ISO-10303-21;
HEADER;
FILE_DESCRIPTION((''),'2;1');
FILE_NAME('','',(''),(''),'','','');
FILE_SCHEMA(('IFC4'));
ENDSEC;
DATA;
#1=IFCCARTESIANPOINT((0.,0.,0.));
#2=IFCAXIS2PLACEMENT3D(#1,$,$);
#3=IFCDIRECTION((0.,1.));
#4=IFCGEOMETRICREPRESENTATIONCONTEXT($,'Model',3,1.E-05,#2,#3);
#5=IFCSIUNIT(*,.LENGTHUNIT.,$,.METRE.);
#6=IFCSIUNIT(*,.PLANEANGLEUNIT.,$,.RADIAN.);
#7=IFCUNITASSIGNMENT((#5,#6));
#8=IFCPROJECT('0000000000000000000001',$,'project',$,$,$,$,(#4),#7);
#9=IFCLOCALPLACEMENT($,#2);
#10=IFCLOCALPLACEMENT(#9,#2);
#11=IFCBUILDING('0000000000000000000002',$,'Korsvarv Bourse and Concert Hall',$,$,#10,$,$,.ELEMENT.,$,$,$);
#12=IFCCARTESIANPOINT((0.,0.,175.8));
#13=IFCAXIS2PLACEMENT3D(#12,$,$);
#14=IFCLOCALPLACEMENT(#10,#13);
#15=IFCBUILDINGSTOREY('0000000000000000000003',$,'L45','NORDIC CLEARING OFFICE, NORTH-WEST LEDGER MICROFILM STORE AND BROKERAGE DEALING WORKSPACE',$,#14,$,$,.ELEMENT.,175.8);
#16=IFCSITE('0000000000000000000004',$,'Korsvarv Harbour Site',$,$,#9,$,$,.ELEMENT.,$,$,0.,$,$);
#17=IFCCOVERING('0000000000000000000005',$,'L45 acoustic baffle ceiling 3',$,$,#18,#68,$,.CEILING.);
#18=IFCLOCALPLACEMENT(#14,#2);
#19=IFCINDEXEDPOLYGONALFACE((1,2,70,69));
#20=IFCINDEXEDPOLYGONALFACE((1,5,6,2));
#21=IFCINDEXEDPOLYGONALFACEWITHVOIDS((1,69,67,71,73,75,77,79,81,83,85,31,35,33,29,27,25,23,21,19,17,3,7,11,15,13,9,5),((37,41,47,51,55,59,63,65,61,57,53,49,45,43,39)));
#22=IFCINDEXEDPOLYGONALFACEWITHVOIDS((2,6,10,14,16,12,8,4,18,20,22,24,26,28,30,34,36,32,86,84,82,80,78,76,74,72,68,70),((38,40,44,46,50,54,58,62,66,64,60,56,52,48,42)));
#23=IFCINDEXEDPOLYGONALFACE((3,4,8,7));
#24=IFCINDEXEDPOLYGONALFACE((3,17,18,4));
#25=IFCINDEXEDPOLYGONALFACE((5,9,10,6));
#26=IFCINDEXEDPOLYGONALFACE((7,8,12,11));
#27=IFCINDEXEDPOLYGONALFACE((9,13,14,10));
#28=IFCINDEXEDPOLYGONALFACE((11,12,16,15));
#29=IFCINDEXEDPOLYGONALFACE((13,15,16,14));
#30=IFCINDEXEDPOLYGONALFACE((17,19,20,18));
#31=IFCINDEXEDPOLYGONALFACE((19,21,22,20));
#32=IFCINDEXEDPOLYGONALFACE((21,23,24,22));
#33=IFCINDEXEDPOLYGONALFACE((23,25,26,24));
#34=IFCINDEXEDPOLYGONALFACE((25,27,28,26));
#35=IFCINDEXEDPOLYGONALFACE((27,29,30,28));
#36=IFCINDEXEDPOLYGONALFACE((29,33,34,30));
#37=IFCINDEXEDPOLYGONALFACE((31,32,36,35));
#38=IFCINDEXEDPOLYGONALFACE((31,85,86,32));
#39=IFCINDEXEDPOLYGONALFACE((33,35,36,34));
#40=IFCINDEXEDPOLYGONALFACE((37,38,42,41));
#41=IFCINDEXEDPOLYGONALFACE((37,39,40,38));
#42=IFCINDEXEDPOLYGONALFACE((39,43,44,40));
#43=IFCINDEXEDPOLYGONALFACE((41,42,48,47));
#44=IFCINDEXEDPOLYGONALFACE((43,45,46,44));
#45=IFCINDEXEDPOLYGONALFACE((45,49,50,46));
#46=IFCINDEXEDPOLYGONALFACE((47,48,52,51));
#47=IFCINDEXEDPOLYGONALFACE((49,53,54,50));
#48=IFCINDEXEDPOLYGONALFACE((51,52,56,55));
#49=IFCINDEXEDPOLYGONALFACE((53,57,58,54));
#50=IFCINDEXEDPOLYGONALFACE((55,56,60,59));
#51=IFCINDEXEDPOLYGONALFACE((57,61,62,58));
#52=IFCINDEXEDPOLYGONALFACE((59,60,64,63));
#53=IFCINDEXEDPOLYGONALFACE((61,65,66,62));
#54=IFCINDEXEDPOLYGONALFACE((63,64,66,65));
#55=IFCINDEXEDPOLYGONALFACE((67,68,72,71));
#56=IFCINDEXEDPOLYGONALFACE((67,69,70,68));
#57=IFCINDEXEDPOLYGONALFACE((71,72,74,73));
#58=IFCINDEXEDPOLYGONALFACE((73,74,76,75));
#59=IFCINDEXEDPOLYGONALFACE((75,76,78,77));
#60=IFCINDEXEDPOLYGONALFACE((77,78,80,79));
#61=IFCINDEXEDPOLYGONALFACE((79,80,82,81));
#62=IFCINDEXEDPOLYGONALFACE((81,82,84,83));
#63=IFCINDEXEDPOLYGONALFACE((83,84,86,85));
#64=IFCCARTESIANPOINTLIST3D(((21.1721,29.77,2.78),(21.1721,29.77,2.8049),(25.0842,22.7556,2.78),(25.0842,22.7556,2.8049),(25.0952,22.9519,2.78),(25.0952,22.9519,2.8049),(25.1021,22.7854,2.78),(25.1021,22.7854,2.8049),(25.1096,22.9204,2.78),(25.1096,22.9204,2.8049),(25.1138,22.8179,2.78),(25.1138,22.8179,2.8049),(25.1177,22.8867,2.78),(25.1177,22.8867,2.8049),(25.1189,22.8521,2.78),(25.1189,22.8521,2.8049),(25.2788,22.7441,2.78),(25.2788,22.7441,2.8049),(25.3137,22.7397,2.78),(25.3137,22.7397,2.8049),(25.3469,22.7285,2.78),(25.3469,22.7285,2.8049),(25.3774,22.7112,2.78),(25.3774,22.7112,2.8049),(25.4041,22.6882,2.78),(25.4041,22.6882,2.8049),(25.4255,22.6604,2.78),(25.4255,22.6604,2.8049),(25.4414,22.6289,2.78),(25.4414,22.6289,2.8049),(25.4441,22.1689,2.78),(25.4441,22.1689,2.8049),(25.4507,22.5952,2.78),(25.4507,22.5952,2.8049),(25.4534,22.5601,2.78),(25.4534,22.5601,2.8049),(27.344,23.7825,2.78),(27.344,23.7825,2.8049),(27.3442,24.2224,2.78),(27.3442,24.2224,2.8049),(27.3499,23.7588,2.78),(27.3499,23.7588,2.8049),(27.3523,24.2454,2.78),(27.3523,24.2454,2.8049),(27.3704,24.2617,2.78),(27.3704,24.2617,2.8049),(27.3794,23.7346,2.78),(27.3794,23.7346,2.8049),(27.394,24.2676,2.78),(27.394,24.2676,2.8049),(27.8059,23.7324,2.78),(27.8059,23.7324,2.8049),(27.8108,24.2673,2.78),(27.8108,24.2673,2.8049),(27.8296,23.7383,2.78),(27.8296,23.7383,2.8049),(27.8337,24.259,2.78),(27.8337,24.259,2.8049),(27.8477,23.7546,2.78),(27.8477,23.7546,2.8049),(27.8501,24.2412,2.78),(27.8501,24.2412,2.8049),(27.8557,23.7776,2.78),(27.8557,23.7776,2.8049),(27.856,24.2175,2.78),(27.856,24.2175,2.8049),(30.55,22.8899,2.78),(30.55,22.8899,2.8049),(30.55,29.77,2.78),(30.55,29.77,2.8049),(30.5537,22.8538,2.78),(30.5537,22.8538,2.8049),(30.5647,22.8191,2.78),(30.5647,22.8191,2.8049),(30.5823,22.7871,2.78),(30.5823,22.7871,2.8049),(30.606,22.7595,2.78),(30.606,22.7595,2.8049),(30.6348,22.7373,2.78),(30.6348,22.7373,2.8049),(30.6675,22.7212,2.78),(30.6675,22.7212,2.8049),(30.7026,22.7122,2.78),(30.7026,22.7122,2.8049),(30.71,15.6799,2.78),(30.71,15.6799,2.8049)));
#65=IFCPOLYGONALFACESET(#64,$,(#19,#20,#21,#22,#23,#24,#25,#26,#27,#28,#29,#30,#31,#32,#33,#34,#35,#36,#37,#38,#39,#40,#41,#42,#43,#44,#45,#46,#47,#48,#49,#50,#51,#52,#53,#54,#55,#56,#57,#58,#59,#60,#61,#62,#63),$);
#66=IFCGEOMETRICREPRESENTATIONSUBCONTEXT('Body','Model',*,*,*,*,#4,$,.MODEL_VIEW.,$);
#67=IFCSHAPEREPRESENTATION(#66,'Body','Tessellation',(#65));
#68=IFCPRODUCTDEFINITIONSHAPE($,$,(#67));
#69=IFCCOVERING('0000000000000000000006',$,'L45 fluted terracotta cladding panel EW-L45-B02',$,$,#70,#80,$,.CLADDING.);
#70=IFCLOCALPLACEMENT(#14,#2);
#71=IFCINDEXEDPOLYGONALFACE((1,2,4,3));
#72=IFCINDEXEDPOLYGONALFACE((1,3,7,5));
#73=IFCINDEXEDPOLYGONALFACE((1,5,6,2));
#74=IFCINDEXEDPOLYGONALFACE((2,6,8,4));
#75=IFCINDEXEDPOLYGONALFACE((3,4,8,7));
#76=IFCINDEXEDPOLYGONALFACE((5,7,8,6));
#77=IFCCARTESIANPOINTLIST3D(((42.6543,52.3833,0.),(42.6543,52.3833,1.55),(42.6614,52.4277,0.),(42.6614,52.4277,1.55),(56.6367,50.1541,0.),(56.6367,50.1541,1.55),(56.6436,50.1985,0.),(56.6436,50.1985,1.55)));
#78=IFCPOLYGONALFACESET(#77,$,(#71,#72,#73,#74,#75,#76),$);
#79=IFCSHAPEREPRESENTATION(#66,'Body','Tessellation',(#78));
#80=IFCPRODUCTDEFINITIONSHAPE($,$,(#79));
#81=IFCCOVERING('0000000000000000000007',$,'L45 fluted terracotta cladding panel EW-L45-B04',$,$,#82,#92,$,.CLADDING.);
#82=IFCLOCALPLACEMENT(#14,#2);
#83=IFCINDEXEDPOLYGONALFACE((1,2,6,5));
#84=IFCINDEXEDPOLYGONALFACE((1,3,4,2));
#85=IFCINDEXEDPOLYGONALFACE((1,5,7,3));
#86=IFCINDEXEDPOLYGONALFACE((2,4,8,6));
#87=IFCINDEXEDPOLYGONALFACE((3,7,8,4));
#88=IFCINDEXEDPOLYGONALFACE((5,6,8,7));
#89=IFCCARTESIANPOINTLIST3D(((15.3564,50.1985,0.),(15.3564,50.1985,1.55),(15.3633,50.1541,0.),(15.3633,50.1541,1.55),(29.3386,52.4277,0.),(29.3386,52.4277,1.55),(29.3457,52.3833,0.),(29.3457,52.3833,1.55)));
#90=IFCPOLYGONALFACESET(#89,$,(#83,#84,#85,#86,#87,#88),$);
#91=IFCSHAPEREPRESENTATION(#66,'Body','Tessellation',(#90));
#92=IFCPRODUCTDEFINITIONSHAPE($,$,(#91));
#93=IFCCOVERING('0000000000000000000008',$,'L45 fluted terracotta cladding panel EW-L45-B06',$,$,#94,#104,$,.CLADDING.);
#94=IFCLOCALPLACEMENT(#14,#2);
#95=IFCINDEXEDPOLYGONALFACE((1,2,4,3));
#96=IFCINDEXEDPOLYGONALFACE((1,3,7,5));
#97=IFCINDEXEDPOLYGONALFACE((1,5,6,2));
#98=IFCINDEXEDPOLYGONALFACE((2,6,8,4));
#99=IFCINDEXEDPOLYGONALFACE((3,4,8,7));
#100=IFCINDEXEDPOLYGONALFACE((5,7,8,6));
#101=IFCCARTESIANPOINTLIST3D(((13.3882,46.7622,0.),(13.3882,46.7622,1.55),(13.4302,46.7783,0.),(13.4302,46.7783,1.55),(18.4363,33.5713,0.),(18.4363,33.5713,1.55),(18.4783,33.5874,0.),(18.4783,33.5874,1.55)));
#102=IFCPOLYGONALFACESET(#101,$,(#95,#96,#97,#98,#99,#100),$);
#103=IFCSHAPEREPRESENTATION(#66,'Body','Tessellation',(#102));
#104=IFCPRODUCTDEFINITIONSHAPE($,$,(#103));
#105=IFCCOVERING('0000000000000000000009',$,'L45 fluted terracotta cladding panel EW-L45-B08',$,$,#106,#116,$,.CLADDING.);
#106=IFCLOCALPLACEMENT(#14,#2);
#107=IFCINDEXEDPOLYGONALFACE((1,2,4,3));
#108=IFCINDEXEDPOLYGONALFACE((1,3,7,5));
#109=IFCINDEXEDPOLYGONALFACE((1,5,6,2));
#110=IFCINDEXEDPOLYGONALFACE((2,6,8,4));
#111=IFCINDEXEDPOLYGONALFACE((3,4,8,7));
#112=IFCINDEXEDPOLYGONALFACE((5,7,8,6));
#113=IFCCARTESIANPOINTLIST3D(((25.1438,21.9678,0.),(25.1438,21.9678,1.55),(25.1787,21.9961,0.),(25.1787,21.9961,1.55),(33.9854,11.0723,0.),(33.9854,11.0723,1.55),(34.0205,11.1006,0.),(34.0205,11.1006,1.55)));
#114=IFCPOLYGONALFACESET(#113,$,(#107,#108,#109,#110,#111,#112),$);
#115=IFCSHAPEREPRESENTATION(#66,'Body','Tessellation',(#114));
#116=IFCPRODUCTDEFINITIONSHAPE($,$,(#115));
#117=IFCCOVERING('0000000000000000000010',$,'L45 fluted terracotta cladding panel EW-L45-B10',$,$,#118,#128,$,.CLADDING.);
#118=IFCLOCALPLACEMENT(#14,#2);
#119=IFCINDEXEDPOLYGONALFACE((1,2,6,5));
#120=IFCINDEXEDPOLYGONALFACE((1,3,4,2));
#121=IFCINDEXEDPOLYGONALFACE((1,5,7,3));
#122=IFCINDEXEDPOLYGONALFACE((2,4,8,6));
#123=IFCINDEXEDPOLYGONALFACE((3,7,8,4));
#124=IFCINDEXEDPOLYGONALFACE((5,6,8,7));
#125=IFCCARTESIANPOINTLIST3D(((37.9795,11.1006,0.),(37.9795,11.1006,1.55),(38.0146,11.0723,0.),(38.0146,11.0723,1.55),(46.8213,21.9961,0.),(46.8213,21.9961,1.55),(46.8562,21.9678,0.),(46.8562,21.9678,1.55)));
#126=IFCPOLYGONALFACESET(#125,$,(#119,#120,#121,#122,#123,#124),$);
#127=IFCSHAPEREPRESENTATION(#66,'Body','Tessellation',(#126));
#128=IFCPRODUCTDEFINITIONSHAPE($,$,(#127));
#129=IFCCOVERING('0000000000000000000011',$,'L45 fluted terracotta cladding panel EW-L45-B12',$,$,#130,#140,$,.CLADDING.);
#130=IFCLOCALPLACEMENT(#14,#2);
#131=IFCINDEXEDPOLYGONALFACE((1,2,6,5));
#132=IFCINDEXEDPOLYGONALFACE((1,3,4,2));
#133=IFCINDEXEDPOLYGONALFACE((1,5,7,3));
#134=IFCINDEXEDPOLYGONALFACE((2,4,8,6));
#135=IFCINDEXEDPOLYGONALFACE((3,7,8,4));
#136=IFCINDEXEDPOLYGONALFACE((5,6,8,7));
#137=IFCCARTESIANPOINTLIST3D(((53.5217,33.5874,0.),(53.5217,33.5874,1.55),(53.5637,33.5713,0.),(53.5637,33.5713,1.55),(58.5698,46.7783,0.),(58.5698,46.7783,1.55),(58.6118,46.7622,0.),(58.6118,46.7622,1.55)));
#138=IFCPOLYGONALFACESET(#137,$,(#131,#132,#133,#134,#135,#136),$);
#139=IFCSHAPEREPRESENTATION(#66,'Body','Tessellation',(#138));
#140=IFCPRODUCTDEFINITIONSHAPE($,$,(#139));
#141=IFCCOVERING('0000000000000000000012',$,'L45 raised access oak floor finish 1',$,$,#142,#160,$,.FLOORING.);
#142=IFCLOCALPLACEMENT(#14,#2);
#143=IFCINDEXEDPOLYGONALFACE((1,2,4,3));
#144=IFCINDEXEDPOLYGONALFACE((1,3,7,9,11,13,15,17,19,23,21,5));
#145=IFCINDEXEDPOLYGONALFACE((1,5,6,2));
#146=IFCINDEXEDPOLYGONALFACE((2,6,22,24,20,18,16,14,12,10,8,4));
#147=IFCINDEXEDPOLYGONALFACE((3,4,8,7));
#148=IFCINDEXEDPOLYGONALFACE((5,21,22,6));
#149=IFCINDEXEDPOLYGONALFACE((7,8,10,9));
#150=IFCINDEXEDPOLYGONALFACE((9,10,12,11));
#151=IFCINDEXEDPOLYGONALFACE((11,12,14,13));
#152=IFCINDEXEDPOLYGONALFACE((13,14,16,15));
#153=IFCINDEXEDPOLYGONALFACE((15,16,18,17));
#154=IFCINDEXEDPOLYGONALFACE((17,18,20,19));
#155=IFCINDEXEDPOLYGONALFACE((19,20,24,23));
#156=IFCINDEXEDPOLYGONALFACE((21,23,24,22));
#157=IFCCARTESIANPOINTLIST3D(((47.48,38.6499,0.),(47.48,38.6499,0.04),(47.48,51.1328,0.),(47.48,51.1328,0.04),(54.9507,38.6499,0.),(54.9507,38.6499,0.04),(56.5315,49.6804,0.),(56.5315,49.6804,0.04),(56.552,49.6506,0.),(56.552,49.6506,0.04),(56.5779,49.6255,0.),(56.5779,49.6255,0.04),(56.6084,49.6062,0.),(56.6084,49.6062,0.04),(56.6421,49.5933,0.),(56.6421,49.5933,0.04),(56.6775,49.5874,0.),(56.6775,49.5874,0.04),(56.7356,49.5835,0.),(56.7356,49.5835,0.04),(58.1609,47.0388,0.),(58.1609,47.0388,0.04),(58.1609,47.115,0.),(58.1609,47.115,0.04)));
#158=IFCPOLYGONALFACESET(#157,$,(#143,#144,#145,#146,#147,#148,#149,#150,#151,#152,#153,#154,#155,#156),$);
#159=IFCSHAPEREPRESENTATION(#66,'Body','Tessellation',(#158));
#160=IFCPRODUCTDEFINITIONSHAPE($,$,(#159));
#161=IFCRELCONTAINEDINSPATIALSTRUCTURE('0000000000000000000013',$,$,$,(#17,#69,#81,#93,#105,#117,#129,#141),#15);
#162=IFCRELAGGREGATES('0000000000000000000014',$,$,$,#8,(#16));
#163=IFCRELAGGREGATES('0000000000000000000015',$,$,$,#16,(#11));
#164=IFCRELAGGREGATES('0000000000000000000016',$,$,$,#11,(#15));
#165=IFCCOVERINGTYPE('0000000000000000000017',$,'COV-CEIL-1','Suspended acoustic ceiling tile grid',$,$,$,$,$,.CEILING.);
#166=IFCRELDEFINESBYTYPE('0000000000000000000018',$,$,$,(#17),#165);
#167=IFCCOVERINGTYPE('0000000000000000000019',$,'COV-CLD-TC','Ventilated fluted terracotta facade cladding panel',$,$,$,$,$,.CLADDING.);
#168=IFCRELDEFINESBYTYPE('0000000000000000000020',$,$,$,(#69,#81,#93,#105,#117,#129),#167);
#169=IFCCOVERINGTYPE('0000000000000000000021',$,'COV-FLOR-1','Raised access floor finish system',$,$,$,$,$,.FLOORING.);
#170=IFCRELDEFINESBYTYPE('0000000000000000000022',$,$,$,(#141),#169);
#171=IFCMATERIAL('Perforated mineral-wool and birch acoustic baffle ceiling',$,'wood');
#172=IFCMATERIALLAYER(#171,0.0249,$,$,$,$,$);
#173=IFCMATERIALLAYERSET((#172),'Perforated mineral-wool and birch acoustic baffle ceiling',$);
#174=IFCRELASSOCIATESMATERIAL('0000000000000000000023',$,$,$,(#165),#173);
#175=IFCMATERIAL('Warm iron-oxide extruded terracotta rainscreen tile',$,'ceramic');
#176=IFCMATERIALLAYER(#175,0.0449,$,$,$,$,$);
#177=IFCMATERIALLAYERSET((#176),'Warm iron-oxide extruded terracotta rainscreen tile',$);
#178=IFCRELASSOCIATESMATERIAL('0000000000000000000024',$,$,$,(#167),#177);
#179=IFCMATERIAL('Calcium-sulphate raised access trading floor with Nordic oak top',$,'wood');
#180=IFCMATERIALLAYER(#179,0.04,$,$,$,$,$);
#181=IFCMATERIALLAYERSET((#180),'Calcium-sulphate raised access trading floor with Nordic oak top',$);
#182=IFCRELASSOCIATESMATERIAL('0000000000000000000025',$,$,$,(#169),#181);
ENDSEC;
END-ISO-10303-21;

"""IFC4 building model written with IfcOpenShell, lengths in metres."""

from ifc_helpers import new_model, si_unit, direction, frame, origin, place, context, subcontext, project, spatial, polyline, outline, extrude, material, layer, layer_set, type_object, element, save


model = new_model("IFC4")

# Units and contexts
model_context = context("Model", 3, precision=1e-05, world=origin(), true_north=direction((0.0, 1.0)))
body_context = subcontext(model_context, "Body", "Model", "MODEL_VIEW")
ifc_project = project(units=[si_unit("LENGTHUNIT", "METRE"), si_unit("PLANEANGLEUNIT", "RADIAN")], contexts=[model_context])

# Site, building, storey
site_placement = place(None, origin())
site = spatial("IfcSite", under=ifc_project, at=site_placement, Name="Korsvarv Harbour Site", CompositionType="ELEMENT", RefElevation=0.0)
building_placement = place(site_placement, origin())
building = spatial("IfcBuilding", under=site, at=building_placement, Name="Korsvarv Bourse and Concert Hall", CompositionType="ELEMENT")
storey_placement = place(building_placement, frame((0.0, 0.0, 175.8)))
storey = spatial("IfcBuildingStorey", under=building, at=storey_placement, Name="L45", Description="NORDIC CLEARING OFFICE, NORTH-WEST LEDGER MICROFILM STORE AND BROKERAGE DEALING WORKSPACE", CompositionType="ELEMENT", Elevation=175.8)

# Coverings
ifc_material_1 = material(Name="Perforated mineral-wool and birch acoustic baffle ceiling", Category="wood")
ifc_layer_1 = layer(ifc_material_1, 0.0249)
ifc_layer_set_1 = layer_set([ifc_layer_1], Name="Perforated mineral-wool and birch acoustic baffle ceiling")
covering_type_1 = type_object("IfcCoveringType", Name="COV-CEIL-1", Description="Suspended acoustic ceiling tile grid", PredefinedType="CEILING", material=ifc_layer_set_1)
covering_1_placement = place(storey_placement, frame((0.0, 0.0, 2.78)))
element("IfcCovering", 1, at=covering_1_placement, inside=storey, type_object=covering_type_1, Name="L45 acoustic baffle ceiling 3", PredefinedType="CEILING", context=body_context, shape_type="SweptSolid", body=[
    extrude(outline(polyline([(25.0842, 22.7556), (25.1021, 22.7854), (25.1138, 22.8179), (25.1189, 22.8521), (25.1177, 22.8867), (25.1096, 22.9204), (25.0952, 22.9519), (21.1721, 29.77), (30.55, 29.77), (30.55, 22.8899), (30.5537, 22.8538), (30.5647, 22.8191), (30.5823, 22.7871), (30.606, 22.7595), (30.6348, 22.7373), (30.6675, 22.7212), (30.7026, 22.7122), (30.71, 15.6799), (25.4441, 22.1689), (25.4534, 22.5601), (25.4507, 22.5952), (25.4414, 22.6289), (25.4255, 22.6604), (25.4041, 22.6882), (25.3774, 22.7112), (25.3469, 22.7285), (25.3137, 22.7397), (25.2788, 22.7441), (25.0842, 22.7556)]), holes=[polyline([(27.3794, 23.7346), (27.8059, 23.7324), (27.8296, 23.7383), (27.8477, 23.7546), (27.8557, 23.7776), (27.856, 24.2175), (27.8501, 24.2412), (27.8337, 24.259), (27.8108, 24.2673), (27.394, 24.2676), (27.3704, 24.2617), (27.3523, 24.2454), (27.3442, 24.2224), (27.344, 23.7825), (27.3499, 23.7588), (27.3794, 23.7346)])]), origin(), (0.0, 0.0, 1.0), 0.0249),
])
ifc_material_2 = material(Name="Warm iron-oxide extruded terracotta rainscreen tile", Category="ceramic")
ifc_layer_2 = layer(ifc_material_2, 0.0449)
ifc_layer_set_2 = layer_set([ifc_layer_2], Name="Warm iron-oxide extruded terracotta rainscreen tile")
covering_type_2 = type_object("IfcCoveringType", Name="COV-CLD-TC", Description="Ventilated fluted terracotta facade cladding panel", PredefinedType="CLADDING", material=ifc_layer_set_2)
covering_2_placement = place(storey_placement, origin())
element("IfcCovering", 2, at=covering_2_placement, inside=storey, type_object=covering_type_2, Name="L45 fluted terracotta cladding panel EW-L45-B02", PredefinedType="CLADDING", context=body_context, shape_type="SweptSolid", body=[
    extrude(outline(polyline([(56.6367, 50.1541), (42.6543, 52.3833), (42.6614, 52.4277), (56.6436, 50.1985), (56.6367, 50.1541)])), origin(), (0.0, 0.0, 1.0), 1.55),
])
covering_3_placement = place(storey_placement, origin())
element("IfcCovering", 3, at=covering_3_placement, inside=storey, type_object=covering_type_2, Name="L45 fluted terracotta cladding panel EW-L45-B04", PredefinedType="CLADDING", context=body_context, shape_type="SweptSolid", body=[
    extrude(outline(polyline([(29.3457, 52.3833), (15.3633, 50.1541), (15.3564, 50.1985), (29.3386, 52.4277), (29.3457, 52.3833)])), origin(), (0.0, 0.0, 1.0), 1.55),
])
covering_4_placement = place(storey_placement, origin())
element("IfcCovering", 4, at=covering_4_placement, inside=storey, type_object=covering_type_2, Name="L45 fluted terracotta cladding panel EW-L45-B06", PredefinedType="CLADDING", context=body_context, shape_type="SweptSolid", body=[
    extrude(outline(polyline([(13.4302, 46.7783), (18.4783, 33.5874), (18.4363, 33.5713), (13.3882, 46.7622), (13.4302, 46.7783)])), origin(), (0.0, 0.0, 1.0), 1.55),
])
covering_5_placement = place(storey_placement, origin())
element("IfcCovering", 5, at=covering_5_placement, inside=storey, type_object=covering_type_2, Name="L45 fluted terracotta cladding panel EW-L45-B08", PredefinedType="CLADDING", context=body_context, shape_type="SweptSolid", body=[
    extrude(outline(polyline([(25.1787, 21.9961), (34.0205, 11.1006), (33.9854, 11.0723), (25.1438, 21.9678), (25.1787, 21.9961)])), origin(), (0.0, 0.0, 1.0), 1.55),
])
covering_6_placement = place(storey_placement, origin())
element("IfcCovering", 6, at=covering_6_placement, inside=storey, type_object=covering_type_2, Name="L45 fluted terracotta cladding panel EW-L45-B10", PredefinedType="CLADDING", context=body_context, shape_type="SweptSolid", body=[
    extrude(outline(polyline([(37.9795, 11.1006), (46.8213, 21.9961), (46.8562, 21.9678), (38.0146, 11.0723), (37.9795, 11.1006)])), origin(), (0.0, 0.0, 1.0), 1.55),
])
covering_7_placement = place(storey_placement, origin())
element("IfcCovering", 7, at=covering_7_placement, inside=storey, type_object=covering_type_2, Name="L45 fluted terracotta cladding panel EW-L45-B12", PredefinedType="CLADDING", context=body_context, shape_type="SweptSolid", body=[
    extrude(outline(polyline([(53.5217, 33.5874), (58.5698, 46.7783), (58.6118, 46.7622), (53.5637, 33.5713), (53.5217, 33.5874)])), origin(), (0.0, 0.0, 1.0), 1.55),
])
ifc_material_3 = material(Name="Calcium-sulphate raised access trading floor with Nordic oak top", Category="wood")
ifc_layer_3 = layer(ifc_material_3, 0.04)
ifc_layer_set_3 = layer_set([ifc_layer_3], Name="Calcium-sulphate raised access trading floor with Nordic oak top")
covering_type_3 = type_object("IfcCoveringType", Name="COV-FLOR-1", Description="Raised access floor finish system", PredefinedType="FLOORING", material=ifc_layer_set_3)
covering_8_placement = place(storey_placement, origin())
element("IfcCovering", 8, at=covering_8_placement, inside=storey, type_object=covering_type_3, Name="L45 raised access oak floor finish 1", PredefinedType="FLOORING", context=body_context, shape_type="SweptSolid", body=[
    extrude(outline(polyline([(56.5315, 49.6804), (56.552, 49.6506), (56.5779, 49.6255), (56.6084, 49.6062), (56.6421, 49.5933), (56.6775, 49.5874), (56.7356, 49.5835), (58.1609, 47.115), (58.1609, 47.0388), (54.9507, 38.6499), (47.48, 38.6499), (47.48, 51.1328), (56.5315, 49.6804)])), origin(), (0.0, 0.0, 1.0), 0.04),
])

save(model, "model.ifc")
